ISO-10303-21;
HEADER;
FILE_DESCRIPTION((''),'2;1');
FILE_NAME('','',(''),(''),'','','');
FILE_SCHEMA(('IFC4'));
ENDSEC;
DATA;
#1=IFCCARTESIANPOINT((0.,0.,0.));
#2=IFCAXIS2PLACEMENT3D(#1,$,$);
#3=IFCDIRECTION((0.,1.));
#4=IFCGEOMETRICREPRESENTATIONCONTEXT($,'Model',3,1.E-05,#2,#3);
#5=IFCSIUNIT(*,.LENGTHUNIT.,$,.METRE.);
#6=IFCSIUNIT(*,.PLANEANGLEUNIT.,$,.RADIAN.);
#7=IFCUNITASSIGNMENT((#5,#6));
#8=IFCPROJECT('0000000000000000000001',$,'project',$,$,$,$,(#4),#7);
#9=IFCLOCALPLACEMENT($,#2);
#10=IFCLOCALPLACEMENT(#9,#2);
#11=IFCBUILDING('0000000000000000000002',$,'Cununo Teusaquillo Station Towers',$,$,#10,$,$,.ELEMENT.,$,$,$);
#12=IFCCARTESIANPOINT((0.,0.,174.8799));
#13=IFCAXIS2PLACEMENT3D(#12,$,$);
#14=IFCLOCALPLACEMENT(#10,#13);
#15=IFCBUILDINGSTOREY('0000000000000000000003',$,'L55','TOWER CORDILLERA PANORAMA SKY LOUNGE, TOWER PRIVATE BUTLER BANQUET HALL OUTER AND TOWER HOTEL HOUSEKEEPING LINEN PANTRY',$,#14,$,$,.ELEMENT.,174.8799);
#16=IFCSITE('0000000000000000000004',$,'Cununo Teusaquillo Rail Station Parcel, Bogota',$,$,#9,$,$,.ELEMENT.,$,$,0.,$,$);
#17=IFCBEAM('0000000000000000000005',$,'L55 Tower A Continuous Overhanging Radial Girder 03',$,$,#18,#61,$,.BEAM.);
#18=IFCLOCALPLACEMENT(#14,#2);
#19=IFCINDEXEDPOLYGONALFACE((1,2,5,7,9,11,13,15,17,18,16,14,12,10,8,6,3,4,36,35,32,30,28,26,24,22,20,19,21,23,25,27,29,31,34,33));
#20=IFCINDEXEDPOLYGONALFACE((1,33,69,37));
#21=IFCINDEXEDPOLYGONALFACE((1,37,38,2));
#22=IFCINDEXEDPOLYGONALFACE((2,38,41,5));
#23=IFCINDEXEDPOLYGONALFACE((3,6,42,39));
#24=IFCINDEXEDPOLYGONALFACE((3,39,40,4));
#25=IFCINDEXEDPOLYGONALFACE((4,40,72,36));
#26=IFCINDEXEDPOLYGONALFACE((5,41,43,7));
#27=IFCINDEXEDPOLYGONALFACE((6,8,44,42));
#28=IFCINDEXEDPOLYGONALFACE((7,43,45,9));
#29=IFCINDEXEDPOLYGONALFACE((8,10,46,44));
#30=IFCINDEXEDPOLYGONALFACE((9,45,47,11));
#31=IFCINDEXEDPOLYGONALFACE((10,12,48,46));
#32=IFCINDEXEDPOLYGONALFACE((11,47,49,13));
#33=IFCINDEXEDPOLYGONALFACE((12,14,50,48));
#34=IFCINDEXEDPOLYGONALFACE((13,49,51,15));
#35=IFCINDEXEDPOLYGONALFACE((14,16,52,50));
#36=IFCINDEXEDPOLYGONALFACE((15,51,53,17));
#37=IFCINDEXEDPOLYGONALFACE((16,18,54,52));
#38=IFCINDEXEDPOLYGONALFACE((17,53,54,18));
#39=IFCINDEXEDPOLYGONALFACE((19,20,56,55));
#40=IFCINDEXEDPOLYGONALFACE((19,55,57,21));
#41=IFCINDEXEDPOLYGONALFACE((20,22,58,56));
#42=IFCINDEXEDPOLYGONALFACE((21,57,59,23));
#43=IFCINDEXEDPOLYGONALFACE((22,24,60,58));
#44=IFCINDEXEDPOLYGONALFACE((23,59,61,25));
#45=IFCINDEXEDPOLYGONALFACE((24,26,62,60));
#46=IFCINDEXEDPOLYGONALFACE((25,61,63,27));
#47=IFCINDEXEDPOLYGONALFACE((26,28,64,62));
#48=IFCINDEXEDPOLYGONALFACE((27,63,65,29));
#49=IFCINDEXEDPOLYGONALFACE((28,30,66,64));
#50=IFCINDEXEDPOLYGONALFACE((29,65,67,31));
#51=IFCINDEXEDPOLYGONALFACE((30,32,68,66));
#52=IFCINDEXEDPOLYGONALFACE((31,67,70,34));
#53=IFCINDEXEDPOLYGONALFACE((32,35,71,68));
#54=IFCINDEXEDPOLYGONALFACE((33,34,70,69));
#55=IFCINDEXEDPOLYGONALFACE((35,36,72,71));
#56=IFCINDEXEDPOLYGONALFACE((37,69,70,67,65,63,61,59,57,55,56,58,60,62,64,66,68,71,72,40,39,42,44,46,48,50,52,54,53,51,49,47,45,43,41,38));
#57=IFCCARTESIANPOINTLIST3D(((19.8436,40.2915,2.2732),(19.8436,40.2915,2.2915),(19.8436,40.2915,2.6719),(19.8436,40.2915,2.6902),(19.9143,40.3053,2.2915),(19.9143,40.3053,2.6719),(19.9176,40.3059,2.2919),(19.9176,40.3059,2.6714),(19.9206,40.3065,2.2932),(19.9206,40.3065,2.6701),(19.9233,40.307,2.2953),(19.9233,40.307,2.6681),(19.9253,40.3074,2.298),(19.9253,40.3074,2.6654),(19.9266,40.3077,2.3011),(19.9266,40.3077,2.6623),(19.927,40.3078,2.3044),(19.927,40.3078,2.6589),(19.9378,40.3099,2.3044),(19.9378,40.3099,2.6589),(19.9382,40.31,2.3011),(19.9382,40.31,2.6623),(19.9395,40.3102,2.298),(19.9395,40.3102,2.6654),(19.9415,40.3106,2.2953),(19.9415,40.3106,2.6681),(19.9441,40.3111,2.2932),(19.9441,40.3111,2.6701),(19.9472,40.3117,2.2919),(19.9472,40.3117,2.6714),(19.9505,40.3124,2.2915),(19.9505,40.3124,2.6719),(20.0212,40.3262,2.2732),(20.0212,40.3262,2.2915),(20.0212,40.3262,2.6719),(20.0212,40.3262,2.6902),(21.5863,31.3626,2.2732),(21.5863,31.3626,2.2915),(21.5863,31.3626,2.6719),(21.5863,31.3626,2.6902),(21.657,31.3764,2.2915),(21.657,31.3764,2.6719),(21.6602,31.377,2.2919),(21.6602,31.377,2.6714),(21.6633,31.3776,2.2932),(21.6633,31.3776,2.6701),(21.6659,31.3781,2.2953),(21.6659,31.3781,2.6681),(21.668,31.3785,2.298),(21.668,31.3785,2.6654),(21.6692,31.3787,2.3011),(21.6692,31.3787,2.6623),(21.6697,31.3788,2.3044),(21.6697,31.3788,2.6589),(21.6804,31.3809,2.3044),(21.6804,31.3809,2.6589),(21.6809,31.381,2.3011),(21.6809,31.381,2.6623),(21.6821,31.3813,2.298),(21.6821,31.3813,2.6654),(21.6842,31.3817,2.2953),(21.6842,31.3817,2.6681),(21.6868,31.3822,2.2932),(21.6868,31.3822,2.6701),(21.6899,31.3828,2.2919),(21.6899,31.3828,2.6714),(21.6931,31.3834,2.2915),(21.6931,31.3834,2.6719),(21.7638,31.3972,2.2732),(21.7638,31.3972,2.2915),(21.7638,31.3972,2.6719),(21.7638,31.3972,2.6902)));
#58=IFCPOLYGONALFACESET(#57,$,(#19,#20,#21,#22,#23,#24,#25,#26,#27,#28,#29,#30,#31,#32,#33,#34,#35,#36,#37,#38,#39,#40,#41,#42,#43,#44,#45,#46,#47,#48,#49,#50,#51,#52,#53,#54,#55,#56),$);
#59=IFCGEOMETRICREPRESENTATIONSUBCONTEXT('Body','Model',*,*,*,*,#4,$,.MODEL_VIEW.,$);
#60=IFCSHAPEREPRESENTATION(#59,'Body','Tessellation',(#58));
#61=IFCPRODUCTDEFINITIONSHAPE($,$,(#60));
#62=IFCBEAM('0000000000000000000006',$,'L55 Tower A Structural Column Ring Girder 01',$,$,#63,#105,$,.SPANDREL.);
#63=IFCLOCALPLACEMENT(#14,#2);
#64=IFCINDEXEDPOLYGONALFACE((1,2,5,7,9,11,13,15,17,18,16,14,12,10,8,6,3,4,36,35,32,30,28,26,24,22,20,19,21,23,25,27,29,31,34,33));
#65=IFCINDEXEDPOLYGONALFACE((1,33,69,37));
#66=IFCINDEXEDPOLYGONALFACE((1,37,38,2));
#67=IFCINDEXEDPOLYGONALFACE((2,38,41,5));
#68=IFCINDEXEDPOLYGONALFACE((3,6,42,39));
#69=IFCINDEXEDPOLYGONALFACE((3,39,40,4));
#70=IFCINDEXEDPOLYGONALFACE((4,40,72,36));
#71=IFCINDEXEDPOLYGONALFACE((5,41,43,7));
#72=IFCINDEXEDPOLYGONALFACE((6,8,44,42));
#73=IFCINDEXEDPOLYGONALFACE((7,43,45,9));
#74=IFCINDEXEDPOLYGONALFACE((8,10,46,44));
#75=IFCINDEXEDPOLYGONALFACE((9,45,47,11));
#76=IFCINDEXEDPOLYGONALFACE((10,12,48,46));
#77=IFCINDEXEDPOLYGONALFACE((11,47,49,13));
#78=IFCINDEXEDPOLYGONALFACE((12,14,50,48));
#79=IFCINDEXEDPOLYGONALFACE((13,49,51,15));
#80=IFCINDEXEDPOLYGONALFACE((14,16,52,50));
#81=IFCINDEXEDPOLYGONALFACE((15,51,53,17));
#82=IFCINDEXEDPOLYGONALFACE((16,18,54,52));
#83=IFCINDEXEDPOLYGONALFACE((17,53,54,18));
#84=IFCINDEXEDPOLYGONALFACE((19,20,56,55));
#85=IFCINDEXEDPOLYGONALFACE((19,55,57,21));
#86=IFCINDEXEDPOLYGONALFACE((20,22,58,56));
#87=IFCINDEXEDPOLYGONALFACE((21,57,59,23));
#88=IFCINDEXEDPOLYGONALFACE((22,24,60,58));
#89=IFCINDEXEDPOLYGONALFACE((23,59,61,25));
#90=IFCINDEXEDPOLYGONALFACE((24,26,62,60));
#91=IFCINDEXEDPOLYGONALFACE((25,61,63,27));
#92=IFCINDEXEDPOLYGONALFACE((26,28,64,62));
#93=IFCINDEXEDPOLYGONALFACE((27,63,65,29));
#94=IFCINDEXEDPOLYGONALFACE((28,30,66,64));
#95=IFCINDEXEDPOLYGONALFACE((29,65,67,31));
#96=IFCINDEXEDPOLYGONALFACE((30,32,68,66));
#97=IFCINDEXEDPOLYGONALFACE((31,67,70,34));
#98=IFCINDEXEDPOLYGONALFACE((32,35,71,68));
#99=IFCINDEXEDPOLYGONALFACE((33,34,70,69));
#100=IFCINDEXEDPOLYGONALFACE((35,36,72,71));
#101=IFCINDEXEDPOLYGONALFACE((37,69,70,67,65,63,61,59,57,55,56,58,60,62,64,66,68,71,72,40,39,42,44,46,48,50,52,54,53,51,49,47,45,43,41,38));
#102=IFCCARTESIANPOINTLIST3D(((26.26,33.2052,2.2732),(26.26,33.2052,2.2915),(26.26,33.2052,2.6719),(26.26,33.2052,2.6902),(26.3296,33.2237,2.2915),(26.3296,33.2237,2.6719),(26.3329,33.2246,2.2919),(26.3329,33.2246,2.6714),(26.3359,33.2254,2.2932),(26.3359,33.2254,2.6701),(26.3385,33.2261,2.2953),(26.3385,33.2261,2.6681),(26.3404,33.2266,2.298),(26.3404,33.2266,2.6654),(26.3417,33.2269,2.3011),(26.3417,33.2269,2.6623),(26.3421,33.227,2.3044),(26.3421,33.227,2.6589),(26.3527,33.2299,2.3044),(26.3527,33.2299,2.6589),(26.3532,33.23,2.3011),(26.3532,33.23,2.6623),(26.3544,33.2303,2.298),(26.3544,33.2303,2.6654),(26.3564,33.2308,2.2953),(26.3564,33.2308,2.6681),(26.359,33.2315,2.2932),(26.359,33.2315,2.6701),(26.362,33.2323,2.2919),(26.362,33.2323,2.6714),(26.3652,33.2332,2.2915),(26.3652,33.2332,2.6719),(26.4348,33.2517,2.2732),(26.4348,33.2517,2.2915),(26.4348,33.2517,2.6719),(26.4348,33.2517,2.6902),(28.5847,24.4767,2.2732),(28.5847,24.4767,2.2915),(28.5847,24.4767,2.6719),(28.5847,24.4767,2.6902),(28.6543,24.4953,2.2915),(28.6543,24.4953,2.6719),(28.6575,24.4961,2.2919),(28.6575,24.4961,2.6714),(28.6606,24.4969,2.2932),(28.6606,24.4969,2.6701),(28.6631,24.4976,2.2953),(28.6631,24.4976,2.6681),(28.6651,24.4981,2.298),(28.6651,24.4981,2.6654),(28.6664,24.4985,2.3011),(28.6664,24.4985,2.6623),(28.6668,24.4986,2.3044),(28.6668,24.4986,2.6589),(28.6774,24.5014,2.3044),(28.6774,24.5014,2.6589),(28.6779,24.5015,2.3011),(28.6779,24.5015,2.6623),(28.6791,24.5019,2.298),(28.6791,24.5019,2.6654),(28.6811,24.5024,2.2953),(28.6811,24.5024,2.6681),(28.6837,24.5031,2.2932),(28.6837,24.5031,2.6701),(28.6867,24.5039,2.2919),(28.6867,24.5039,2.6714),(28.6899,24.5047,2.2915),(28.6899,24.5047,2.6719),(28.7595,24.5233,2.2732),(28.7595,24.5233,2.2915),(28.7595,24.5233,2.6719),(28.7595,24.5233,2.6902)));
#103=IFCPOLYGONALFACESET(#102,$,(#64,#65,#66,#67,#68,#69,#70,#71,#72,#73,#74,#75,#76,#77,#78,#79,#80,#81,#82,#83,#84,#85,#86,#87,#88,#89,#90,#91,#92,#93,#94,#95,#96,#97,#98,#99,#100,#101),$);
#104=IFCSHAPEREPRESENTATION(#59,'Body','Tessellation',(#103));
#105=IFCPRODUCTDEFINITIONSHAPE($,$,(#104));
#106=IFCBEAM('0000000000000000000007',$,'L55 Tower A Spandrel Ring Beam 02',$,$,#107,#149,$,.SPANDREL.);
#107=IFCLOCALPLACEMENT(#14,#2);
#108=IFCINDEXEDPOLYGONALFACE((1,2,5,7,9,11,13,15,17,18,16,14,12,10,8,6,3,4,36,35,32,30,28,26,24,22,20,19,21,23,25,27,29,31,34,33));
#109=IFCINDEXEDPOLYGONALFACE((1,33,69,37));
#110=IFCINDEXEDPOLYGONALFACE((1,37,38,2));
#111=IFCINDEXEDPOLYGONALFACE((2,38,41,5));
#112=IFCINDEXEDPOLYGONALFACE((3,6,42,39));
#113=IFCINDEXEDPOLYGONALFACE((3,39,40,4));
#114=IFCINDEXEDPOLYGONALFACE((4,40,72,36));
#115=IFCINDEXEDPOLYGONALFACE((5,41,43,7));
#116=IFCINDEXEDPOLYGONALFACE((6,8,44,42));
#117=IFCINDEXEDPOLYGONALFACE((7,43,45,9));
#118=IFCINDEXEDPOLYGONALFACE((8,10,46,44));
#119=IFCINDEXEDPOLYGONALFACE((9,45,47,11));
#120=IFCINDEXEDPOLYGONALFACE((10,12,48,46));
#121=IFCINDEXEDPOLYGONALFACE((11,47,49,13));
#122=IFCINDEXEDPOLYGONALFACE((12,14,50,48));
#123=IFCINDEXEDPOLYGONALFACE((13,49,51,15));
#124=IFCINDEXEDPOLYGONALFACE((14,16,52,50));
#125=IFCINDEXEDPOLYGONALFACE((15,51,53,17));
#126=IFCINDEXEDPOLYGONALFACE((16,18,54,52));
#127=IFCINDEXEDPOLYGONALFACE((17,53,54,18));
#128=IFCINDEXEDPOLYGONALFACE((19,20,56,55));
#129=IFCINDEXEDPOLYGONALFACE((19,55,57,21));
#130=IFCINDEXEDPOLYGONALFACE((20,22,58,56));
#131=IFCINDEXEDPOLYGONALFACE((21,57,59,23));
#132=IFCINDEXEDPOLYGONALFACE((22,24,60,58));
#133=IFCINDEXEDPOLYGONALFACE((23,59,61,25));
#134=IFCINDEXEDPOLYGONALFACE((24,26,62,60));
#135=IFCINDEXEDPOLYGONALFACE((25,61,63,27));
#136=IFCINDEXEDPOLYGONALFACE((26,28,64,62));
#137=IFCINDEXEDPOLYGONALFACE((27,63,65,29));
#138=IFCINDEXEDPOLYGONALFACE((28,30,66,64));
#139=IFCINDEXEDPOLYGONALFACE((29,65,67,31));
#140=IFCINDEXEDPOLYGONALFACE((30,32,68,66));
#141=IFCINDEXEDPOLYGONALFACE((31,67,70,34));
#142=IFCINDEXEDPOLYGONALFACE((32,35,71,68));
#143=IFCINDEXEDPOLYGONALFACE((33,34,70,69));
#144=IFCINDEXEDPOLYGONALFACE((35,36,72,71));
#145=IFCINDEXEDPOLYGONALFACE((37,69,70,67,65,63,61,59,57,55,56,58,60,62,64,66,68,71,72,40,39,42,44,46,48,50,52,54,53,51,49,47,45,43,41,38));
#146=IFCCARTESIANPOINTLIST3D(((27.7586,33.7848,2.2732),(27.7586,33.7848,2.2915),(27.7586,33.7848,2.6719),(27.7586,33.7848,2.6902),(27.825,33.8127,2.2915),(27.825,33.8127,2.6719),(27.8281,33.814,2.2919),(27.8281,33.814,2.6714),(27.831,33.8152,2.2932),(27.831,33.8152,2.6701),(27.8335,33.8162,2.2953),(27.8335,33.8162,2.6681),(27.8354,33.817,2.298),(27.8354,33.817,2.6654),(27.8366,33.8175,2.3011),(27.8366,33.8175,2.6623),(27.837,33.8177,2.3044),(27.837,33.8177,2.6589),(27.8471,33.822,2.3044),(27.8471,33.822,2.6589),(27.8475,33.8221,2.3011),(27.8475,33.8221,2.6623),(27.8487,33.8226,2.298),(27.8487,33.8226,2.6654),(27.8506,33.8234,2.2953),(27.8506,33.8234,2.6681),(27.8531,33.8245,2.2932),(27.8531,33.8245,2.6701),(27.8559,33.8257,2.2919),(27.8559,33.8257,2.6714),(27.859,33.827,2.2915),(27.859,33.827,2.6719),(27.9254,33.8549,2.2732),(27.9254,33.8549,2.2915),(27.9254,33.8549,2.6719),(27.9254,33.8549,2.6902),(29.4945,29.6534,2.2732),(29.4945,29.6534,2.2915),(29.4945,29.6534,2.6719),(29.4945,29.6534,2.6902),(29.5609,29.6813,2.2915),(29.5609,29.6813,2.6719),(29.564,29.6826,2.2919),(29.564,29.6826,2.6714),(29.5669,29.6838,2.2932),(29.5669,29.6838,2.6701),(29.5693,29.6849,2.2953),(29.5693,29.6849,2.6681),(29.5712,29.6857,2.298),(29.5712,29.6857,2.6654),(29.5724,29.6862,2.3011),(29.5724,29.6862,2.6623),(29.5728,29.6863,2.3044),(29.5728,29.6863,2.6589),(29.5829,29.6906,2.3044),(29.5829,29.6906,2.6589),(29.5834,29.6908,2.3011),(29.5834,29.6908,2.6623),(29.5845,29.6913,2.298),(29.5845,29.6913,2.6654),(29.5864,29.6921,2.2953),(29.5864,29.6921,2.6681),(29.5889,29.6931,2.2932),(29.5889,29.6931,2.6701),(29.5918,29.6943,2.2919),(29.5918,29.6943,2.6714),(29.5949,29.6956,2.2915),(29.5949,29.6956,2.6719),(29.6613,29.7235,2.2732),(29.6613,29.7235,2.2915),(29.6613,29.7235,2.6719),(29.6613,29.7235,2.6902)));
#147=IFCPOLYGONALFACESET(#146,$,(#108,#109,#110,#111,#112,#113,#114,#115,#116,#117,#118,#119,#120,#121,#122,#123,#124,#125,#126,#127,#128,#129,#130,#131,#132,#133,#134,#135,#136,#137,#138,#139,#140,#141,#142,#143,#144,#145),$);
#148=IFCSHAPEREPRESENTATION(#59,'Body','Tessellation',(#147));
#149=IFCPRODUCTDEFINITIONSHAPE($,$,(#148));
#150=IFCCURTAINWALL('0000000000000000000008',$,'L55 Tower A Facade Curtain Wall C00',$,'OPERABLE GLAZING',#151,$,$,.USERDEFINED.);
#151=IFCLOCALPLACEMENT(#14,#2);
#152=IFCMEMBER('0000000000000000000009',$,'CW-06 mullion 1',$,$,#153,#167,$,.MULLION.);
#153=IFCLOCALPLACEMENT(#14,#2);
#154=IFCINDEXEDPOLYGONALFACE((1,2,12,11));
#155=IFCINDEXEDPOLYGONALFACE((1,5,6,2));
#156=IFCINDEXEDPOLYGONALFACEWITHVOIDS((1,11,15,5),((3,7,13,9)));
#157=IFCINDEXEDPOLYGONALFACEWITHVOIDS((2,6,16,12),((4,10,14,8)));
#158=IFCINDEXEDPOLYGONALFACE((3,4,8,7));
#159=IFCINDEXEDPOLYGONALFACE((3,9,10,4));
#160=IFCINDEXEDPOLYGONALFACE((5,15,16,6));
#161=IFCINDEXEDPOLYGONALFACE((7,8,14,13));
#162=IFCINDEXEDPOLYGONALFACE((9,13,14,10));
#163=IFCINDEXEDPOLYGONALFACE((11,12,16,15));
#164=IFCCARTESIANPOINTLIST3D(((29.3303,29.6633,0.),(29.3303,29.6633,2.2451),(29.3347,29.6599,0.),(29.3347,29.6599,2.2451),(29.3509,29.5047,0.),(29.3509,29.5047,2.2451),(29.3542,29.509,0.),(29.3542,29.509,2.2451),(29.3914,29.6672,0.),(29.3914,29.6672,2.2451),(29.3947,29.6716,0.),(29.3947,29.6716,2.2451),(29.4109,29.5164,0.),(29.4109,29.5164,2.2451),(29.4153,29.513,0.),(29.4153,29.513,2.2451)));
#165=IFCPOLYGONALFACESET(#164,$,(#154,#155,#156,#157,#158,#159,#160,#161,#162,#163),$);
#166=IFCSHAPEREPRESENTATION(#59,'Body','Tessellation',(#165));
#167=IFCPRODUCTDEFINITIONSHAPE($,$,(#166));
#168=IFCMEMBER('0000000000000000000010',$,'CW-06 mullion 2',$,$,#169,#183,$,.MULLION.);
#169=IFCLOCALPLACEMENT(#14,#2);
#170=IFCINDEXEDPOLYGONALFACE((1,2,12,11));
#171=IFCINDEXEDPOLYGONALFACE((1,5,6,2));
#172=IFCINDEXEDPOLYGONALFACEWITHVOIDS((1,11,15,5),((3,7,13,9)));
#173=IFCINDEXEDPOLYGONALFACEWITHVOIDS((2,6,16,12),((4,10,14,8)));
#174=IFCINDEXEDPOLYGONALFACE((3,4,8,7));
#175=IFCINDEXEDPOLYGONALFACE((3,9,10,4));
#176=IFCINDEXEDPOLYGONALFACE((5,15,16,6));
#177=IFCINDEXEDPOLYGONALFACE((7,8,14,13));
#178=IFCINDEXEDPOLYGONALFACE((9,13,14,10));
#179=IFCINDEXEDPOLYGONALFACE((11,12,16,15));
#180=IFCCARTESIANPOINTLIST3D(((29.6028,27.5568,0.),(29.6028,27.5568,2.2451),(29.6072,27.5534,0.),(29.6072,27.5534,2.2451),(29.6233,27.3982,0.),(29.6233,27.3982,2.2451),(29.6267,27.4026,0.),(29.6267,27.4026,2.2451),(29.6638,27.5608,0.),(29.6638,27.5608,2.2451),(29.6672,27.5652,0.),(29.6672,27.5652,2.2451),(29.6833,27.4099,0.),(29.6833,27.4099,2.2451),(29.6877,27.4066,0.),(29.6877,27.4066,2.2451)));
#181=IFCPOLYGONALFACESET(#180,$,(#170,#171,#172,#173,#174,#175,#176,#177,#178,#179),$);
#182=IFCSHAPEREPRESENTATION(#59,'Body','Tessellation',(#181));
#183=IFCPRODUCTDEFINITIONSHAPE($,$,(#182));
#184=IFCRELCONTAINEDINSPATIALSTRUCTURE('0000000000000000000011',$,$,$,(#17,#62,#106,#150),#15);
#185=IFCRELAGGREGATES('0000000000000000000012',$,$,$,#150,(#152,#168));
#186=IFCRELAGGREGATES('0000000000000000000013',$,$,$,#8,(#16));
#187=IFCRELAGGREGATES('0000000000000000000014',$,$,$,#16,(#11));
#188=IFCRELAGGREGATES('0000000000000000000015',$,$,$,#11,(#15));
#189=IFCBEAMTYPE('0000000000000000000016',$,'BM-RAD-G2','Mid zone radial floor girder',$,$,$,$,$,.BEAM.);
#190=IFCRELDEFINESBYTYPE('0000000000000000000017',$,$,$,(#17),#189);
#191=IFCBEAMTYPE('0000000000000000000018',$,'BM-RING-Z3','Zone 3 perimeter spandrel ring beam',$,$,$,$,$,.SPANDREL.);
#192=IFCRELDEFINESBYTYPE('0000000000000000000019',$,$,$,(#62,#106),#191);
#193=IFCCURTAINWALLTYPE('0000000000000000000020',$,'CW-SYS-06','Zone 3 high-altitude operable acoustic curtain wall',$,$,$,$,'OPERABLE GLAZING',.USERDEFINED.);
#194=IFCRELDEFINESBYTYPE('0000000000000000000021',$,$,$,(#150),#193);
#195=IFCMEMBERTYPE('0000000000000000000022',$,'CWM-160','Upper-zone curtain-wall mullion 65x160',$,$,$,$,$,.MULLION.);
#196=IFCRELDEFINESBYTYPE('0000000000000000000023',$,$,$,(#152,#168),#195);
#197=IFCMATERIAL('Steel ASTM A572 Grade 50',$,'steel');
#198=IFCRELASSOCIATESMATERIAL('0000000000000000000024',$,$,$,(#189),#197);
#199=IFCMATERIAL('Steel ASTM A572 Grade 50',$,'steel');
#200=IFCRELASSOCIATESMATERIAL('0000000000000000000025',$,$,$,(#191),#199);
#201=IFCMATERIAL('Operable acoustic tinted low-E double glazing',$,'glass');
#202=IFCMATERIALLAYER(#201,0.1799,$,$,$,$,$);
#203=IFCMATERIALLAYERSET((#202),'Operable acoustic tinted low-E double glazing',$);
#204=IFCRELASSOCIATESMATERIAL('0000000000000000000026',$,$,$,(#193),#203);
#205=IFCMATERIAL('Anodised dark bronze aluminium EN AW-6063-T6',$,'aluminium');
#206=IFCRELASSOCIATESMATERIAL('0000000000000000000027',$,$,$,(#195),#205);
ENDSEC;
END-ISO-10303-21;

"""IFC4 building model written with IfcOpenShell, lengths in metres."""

from ifc_helpers import new_model, si_unit, direction, frame, origin, origin_2d, place, context, subcontext, project, spatial, hollow_rectangle, i_section, extrude, material, layer, layer_set, material_profile, profile_set, type_object, element, aggregate, save


model = new_model("IFC4")

# Units and contexts
model_context = context("Model", 3, precision=1e-05, world=origin(), true_north=direction((0.0, 1.0)))
body_context = subcontext(model_context, "Body", "Model", "MODEL_VIEW")
ifc_project = project(units=[si_unit("LENGTHUNIT", "METRE"), si_unit("PLANEANGLEUNIT", "RADIAN")], contexts=[model_context])

# Site, building, storey
site_placement = place(None, origin())
site = spatial("IfcSite", under=ifc_project, at=site_placement, Name="Cununo Teusaquillo Rail Station Parcel, Bogota", CompositionType="ELEMENT", RefElevation=0.0)
building_placement = place(site_placement, origin())
building = spatial("IfcBuilding", under=site, at=building_placement, Name="Cununo Teusaquillo Station Towers", CompositionType="ELEMENT")
storey_placement = place(building_placement, frame((0.0, 0.0, 174.8799)))
storey = spatial("IfcBuildingStorey", under=building, at=storey_placement, Name="L55", Description="TOWER CORDILLERA PANORAMA SKY LOUNGE, TOWER PRIVATE BUTLER BANQUET HALL OUTER AND TOWER HOTEL HOUSEKEEPING LINEN PANTRY", CompositionType="ELEMENT", Elevation=174.8799)

# Beams
ifc_material_1 = material(Name="Steel ASTM A572 Grade 50", Category="steel")
ifc_material_profile_1 = material_profile(ifc_material_1, i_section(OverallWidth=0.1809, OverallDepth=0.417, WebThickness=0.011, FlangeThickness=0.0183, FilletRadius=0.0129, at=origin_2d()), Name="W16X57")
ifc_profile_set_1 = profile_set([ifc_material_profile_1], Name="Steel ASTM A572 Grade 50")
beam_type_1 = type_object("IfcBeamType", Name="BM-RAD-G2", Description="Mid zone radial floor girder", PredefinedType="BEAM", material=ifc_profile_set_1)
beam_1_placement = place(storey_placement, frame((21.675, 31.3799, 2.4817), z_axis=(-0.191557, 0.981481, 0.0), x_axis=(-0.981481, -0.191557, 0.0)))
element("IfcBeam", 1, at=beam_1_placement, inside=storey, type_object=beam_type_1, Name="L55 Tower A Continuous Overhanging Radial Girder 03", PredefinedType="BEAM", context=body_context, shape_type="SweptSolid", body=[
    extrude(i_section(OverallWidth=0.1809, OverallDepth=0.417, WebThickness=0.011, FlangeThickness=0.0183, FilletRadius=0.0129, at=origin_2d()), origin(), (0.0, 0.0, 1.0), 9.0974),
])
ifc_material_2 = material(Name="Steel ASTM A572 Grade 50", Category="steel")
ifc_material_profile_2 = material_profile(ifc_material_2, i_section(OverallWidth=0.1809, OverallDepth=0.417, WebThickness=0.011, FlangeThickness=0.0183, FilletRadius=0.0129, at=origin_2d()), Name="W16X57")
ifc_profile_set_2 = profile_set([ifc_material_profile_2], Name="Steel ASTM A572 Grade 50")
beam_type_2 = type_object("IfcBeamType", Name="BM-RING-Z3", Description="Zone 3 perimeter spandrel ring beam", PredefinedType="SPANDREL", material=ifc_profile_set_2)
beam_2_placement = place(storey_placement, frame((28.6721, 24.5, 2.4817), z_axis=(-0.257363, 0.966315, 0.0), x_axis=(-0.966315, -0.257363, 0.0)))
element("IfcBeam", 2, at=beam_2_placement, inside=storey, type_object=beam_type_2, Name="L55 Tower A Structural Column Ring Girder 01", PredefinedType="SPANDREL", context=body_context, shape_type="SweptSolid", body=[
    extrude(i_section(OverallWidth=0.1809, OverallDepth=0.417, WebThickness=0.011, FlangeThickness=0.0183, FilletRadius=0.0129, at=origin_2d()), origin(), (0.0, 0.0, 1.0), 9.0327),
])
beam_3_placement = place(storey_placement, frame((29.5779, 29.6885, 2.4817), z_axis=(-0.38736, 0.921928, 0.0), x_axis=(-0.921928, -0.38736, 0.0)))
element("IfcBeam", 3, at=beam_3_placement, inside=storey, type_object=beam_type_2, Name="L55 Tower A Spandrel Ring Beam 02", PredefinedType="SPANDREL", context=body_context, shape_type="SweptSolid", body=[
    extrude(i_section(OverallWidth=0.1809, OverallDepth=0.417, WebThickness=0.011, FlangeThickness=0.0183, FilletRadius=0.0129, at=origin_2d()), origin(), (0.0, 0.0, 1.0), 4.4812),
])

# Curtain wall, members
ifc_material_3 = material(Name="Operable acoustic tinted low-E double glazing", Category="glass")
ifc_layer_1 = layer(ifc_material_3, 0.1799)
ifc_layer_set_1 = layer_set([ifc_layer_1], Name="Operable acoustic tinted low-E double glazing")
curtain_wall_type = type_object("IfcCurtainWallType", Name="CW-SYS-06", Description="Zone 3 high-altitude operable acoustic curtain wall", ElementType="OPERABLE GLAZING", PredefinedType="USERDEFINED", material=ifc_layer_set_1)
curtain_wall_placement = place(storey_placement, origin())
curtain_wall = element("IfcCurtainWall", 4, at=curtain_wall_placement, inside=storey, type_object=curtain_wall_type, Name="L55 Tower A Facade Curtain Wall C00", ObjectType="OPERABLE GLAZING", PredefinedType="USERDEFINED")
ifc_material_4 = material(Name="Anodised dark bronze aluminium EN AW-6063-T6", Category="aluminium")
ifc_material_profile_3 = material_profile(ifc_material_4, hollow_rectangle(XDim=0.0649, YDim=0.1599, WallThickness=0.0039, at=origin_2d()), Name="CW-MULL-65x160")
ifc_profile_set_3 = profile_set([ifc_material_profile_3], Name="Anodised dark bronze aluminium EN AW-6063-T6")
member_type_1 = type_object("IfcMemberType", Name="CWM-160", Description="Upper-zone curtain-wall mullion 65x160", PredefinedType="MULLION", material=ifc_profile_set_3)
member_1_placement = place(storey_placement, frame((29.3728, 29.5881, 0.0), z_axis=(0.0, 0.0, 1.0), x_axis=(0.991737, 0.128285, 0.0)))
member_1 = element("IfcMember", 5, at=member_1_placement, type_object=member_type_1, Name="CW-06 mullion 1", PredefinedType="MULLION", context=body_context, shape_type="SweptSolid", body=[
    extrude(hollow_rectangle(XDim=0.0649, YDim=0.1599, WallThickness=0.0039, at=origin_2d()), origin(), (0.0, 0.0, 1.0), 2.2451),
])
member_2_placement = place(storey_placement, frame((29.6453, 27.4817, 0.0), z_axis=(0.0, 0.0, 1.0), x_axis=(0.991737, 0.128285, 0.0)))
member_2 = element("IfcMember", 6, at=member_2_placement, type_object=member_type_1, Name="CW-06 mullion 2", PredefinedType="MULLION", context=body_context, shape_type="SweptSolid", body=[
    extrude(hollow_rectangle(XDim=0.0649, YDim=0.1599, WallThickness=0.0039, at=origin_2d()), origin(), (0.0, 0.0, 1.0), 2.2451),
])
aggregate(curtain_wall, [member_1, member_2])

save(model, "model.ifc")
